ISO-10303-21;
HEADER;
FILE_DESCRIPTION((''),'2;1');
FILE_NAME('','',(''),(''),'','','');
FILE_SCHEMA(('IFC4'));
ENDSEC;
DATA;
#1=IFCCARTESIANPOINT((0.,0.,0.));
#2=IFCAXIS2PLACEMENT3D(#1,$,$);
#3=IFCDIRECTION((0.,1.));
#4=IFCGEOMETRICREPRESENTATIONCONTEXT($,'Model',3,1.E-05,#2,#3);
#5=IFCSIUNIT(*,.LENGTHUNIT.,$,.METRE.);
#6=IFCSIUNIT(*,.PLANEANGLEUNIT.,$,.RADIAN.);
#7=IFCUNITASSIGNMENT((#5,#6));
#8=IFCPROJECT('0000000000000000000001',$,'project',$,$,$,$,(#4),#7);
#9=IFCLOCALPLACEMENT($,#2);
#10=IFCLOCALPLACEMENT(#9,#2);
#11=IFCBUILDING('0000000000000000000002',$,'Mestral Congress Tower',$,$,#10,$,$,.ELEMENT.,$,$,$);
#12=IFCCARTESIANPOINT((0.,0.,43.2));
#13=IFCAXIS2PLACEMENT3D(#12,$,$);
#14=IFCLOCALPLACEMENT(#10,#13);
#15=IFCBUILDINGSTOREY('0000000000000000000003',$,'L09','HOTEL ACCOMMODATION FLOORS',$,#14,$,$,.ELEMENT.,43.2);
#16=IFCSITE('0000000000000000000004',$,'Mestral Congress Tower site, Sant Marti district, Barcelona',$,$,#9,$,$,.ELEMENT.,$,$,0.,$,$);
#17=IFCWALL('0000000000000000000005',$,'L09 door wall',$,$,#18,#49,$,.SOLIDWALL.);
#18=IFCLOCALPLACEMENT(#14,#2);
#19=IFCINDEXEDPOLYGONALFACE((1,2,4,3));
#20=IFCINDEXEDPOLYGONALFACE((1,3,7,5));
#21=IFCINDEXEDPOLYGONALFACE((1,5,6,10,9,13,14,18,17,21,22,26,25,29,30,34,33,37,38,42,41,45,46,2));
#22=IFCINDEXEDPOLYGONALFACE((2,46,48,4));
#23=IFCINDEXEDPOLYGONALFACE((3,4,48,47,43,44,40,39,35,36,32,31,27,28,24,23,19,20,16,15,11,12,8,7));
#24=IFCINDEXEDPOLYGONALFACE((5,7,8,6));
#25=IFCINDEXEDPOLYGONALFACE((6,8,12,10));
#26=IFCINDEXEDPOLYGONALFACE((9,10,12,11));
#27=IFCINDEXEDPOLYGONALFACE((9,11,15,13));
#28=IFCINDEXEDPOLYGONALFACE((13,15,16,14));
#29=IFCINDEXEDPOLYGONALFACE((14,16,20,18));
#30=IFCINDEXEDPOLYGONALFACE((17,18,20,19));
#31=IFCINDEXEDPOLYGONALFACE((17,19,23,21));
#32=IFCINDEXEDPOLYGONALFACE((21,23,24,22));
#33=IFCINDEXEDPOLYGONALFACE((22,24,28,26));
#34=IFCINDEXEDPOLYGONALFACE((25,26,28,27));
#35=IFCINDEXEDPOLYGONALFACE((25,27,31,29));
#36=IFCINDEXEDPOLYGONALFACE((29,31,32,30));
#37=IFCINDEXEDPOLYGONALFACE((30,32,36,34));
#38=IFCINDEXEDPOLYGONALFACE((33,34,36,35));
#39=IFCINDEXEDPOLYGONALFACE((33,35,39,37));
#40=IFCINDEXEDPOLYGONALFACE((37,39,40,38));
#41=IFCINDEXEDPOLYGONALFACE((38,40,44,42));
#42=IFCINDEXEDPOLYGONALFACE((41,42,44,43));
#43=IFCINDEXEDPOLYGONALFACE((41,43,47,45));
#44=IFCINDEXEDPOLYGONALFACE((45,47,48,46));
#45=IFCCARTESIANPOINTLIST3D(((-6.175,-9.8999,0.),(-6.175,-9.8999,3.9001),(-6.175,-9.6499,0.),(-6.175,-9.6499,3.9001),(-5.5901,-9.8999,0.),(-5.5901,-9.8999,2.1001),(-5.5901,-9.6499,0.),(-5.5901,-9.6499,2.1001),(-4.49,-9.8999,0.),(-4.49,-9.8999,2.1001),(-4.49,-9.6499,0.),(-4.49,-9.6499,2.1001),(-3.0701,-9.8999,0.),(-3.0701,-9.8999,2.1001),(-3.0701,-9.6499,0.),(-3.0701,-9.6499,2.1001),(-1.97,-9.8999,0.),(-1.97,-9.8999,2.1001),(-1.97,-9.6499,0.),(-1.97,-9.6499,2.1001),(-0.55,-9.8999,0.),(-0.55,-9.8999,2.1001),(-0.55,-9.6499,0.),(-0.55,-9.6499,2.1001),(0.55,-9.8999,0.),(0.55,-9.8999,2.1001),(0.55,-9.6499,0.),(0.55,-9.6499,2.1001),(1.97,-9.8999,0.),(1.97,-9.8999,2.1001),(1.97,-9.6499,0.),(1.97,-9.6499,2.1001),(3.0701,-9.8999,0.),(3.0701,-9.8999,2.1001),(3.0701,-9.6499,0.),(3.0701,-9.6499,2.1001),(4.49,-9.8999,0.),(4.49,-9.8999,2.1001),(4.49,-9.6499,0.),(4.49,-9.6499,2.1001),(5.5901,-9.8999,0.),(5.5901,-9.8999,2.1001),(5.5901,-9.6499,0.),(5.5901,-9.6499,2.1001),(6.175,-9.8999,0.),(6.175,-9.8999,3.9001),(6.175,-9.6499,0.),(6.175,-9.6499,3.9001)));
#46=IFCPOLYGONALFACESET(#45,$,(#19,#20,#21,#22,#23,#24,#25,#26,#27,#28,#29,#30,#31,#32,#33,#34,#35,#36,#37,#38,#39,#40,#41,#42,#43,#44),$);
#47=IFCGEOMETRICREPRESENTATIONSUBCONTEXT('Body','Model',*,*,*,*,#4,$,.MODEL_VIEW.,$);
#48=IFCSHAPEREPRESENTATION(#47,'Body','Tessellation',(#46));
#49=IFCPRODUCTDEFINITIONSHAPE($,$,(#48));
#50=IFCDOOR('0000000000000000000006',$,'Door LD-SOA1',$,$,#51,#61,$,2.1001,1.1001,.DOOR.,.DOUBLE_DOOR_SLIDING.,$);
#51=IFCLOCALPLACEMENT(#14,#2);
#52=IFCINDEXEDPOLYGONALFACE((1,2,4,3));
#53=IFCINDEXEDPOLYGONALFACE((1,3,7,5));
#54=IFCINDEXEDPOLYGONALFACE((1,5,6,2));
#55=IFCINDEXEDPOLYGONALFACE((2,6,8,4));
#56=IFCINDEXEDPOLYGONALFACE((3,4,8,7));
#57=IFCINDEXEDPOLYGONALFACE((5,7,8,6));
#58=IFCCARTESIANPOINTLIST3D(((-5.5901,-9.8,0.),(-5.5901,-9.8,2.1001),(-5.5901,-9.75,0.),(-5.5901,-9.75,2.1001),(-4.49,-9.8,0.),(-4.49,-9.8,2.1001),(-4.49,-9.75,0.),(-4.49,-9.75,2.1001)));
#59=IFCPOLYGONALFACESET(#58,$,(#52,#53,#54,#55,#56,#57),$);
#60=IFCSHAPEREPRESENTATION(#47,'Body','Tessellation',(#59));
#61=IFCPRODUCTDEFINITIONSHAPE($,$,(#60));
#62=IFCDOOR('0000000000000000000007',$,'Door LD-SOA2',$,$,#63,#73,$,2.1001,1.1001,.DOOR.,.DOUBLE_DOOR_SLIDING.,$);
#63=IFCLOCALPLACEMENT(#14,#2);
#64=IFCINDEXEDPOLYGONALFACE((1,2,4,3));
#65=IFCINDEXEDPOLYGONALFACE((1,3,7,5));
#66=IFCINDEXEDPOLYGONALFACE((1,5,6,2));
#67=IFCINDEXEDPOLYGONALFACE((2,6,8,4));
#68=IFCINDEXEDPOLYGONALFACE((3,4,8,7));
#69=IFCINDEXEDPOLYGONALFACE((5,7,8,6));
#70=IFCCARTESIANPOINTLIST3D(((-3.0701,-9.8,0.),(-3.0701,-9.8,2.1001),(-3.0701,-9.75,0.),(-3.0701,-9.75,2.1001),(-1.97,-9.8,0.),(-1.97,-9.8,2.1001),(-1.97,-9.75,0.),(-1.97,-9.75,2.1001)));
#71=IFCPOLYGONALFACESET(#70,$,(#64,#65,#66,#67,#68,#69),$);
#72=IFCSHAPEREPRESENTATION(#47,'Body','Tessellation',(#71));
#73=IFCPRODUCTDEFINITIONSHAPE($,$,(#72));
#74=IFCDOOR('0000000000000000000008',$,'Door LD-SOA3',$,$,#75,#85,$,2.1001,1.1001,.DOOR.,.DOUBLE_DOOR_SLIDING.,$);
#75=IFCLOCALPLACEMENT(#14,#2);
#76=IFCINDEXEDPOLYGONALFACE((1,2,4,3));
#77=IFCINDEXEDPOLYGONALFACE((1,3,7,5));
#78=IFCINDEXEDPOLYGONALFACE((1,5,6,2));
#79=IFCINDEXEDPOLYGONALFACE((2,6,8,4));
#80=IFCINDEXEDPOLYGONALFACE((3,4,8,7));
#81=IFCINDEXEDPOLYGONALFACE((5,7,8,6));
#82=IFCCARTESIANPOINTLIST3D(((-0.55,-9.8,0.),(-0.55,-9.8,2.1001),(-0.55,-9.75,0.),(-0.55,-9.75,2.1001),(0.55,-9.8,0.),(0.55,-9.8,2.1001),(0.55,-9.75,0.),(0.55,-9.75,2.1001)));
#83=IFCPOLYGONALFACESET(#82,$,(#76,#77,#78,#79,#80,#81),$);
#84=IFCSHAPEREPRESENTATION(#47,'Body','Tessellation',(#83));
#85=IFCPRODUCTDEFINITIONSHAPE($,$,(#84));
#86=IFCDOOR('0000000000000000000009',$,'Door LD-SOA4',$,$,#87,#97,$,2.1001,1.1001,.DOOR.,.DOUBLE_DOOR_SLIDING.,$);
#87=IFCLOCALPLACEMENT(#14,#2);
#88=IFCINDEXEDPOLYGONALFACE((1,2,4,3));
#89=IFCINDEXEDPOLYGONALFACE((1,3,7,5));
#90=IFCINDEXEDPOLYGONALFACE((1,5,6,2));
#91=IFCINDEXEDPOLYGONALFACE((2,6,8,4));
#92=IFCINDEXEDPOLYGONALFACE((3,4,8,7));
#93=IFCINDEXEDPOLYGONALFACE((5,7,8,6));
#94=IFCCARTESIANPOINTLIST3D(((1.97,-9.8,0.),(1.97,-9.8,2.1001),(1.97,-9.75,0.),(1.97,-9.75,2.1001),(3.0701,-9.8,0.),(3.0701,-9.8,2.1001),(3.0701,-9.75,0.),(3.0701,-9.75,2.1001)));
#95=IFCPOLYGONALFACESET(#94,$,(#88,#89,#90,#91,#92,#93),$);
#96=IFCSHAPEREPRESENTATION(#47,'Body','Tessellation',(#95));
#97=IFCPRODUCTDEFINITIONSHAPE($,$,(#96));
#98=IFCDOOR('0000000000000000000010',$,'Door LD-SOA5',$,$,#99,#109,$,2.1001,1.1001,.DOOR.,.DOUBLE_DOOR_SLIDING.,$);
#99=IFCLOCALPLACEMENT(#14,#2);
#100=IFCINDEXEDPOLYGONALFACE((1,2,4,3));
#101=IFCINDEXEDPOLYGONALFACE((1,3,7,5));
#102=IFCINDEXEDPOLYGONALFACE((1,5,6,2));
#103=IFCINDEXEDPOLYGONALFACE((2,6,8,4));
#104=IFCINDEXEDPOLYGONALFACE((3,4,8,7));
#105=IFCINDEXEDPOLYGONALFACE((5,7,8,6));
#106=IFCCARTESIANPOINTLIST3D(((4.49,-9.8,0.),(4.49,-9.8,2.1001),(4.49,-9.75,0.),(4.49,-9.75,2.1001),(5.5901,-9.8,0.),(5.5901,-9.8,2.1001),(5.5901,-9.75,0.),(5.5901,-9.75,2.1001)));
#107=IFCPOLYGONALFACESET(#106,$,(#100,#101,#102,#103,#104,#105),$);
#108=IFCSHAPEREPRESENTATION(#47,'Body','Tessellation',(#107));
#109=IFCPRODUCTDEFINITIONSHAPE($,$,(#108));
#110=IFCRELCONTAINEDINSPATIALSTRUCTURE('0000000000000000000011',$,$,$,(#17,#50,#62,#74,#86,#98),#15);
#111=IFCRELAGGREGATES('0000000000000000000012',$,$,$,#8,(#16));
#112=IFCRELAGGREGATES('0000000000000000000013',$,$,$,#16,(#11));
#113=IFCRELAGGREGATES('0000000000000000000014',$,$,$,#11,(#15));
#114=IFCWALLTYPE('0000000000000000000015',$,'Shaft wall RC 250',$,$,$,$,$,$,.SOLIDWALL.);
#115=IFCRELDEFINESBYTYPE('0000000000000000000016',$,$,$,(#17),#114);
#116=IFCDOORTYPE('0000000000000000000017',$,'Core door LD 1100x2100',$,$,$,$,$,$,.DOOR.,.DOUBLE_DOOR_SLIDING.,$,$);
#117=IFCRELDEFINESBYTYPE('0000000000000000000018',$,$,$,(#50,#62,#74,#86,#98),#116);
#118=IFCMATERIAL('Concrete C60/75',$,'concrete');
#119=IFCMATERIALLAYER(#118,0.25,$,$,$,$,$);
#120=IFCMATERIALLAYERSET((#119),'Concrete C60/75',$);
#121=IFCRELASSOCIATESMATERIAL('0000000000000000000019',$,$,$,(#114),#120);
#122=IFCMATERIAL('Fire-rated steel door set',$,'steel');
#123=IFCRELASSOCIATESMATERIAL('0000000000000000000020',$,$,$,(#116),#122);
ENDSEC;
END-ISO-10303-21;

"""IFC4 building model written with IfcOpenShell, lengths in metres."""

from ifc_helpers import new_model, si_unit, direction, frame, frame_2d, origin, place, context, subcontext, project, spatial, rectangle, extrude, material, layer, layer_set, type_object, element, fill, save


model = new_model("IFC4")

# Units and contexts
model_context = context("Model", 3, precision=1e-05, world=origin(), true_north=direction((0.0, 1.0)))
body_context = subcontext(model_context, "Body", "Model", "MODEL_VIEW")
ifc_project = project(units=[si_unit("LENGTHUNIT", "METRE"), si_unit("PLANEANGLEUNIT", "RADIAN")], contexts=[model_context])

# Site, building, storey
site_placement = place(None, origin())
site = spatial("IfcSite", under=ifc_project, at=site_placement, Name="Mestral Congress Tower site, Sant Marti district, Barcelona", CompositionType="ELEMENT", RefElevation=0.0)
building_placement = place(site_placement, origin())
building = spatial("IfcBuilding", under=site, at=building_placement, Name="Mestral Congress Tower", CompositionType="ELEMENT")
storey_placement = place(building_placement, frame((0.0, 0.0, 43.2)))
storey = spatial("IfcBuildingStorey", under=building, at=storey_placement, Name="L09", Description="HOTEL ACCOMMODATION FLOORS", CompositionType="ELEMENT", Elevation=43.2)

# Shared definitions
ifc_material_1 = material(Name="Fire-rated steel door set", Category="steel")

# Shared definitions
ifc_material_2 = material(Name="Concrete C60/75", Category="concrete")
ifc_layer_1 = layer(ifc_material_2, 0.25)
ifc_layer_set_1 = layer_set([ifc_layer_1], Name="Concrete C60/75")
wall_type_1 = type_object("IfcWallType", Name="Shaft wall RC 250", PredefinedType="SOLIDWALL", material=ifc_layer_set_1)

# Wall, openings, doors
wall_1_placement = place(storey_placement, frame((-6.175, -9.7749, 0.0), z_axis=(0.0, 0.0, 1.0), x_axis=(1.0, 0.0, 0.0)))
wall_1 = element("IfcWall", 1, at=wall_1_placement, inside=storey, type_object=wall_type_1, Name="L09 door wall", PredefinedType="SOLIDWALL", context=body_context, shape_type="SweptSolid", body=[
    extrude(rectangle(XDim=12.3501, YDim=0.25, at=frame_2d((6.175, 0.0))), origin(), (0.0, 0.0, 1.0), 3.9001),
])
opening_1_placement = place(wall_1_placement, frame((0.585, 0.0, 0.0)))
opening_1 = element("IfcOpeningElement", 2, at=opening_1_placement, cuts=wall_1, PredefinedType="OPENING", context=body_context, shape_type="SweptSolid", body=[
    extrude(rectangle(XDim=1.1001, YDim=2.1001, at=frame_2d((0.55, 1.05))), frame((0.0, 0.135, 0.0), z_axis=(0.0, -1.0, 0.0), x_axis=(1.0, 0.0, 0.0)), (0.0, 0.0, 1.0), 0.27),
])
opening_2_placement = place(wall_1_placement, frame((3.105, 0.0, 0.0)))
opening_2 = element("IfcOpeningElement", 3, at=opening_2_placement, cuts=wall_1, PredefinedType="OPENING", context=body_context, shape_type="SweptSolid", body=[
    extrude(rectangle(XDim=1.1001, YDim=2.1001, at=frame_2d((0.55, 1.05))), frame((0.0, 0.135, 0.0), z_axis=(0.0, -1.0, 0.0), x_axis=(1.0, 0.0, 0.0)), (0.0, 0.0, 1.0), 0.27),
])
opening_3_placement = place(wall_1_placement, frame((5.625, 0.0, 0.0)))
opening_3 = element("IfcOpeningElement", 4, at=opening_3_placement, cuts=wall_1, PredefinedType="OPENING", context=body_context, shape_type="SweptSolid", body=[
    extrude(rectangle(XDim=1.1001, YDim=2.1001, at=frame_2d((0.55, 1.05))), frame((0.0, 0.135, 0.0), z_axis=(0.0, -1.0, 0.0), x_axis=(1.0, 0.0, 0.0)), (0.0, 0.0, 1.0), 0.27),
])
opening_4_placement = place(wall_1_placement, frame((8.145, 0.0, 0.0)))
opening_4 = element("IfcOpeningElement", 5, at=opening_4_placement, cuts=wall_1, PredefinedType="OPENING", context=body_context, shape_type="SweptSolid", body=[
    extrude(rectangle(XDim=1.1001, YDim=2.1001, at=frame_2d((0.55, 1.05))), frame((0.0, 0.135, 0.0), z_axis=(0.0, -1.0, 0.0), x_axis=(1.0, 0.0, 0.0)), (0.0, 0.0, 1.0), 0.27),
])
opening_5_placement = place(wall_1_placement, frame((10.665, 0.0, 0.0)))
opening_5 = element("IfcOpeningElement", 6, at=opening_5_placement, cuts=wall_1, PredefinedType="OPENING", context=body_context, shape_type="SweptSolid", body=[
    extrude(rectangle(XDim=1.1001, YDim=2.1001, at=frame_2d((0.55, 1.05))), frame((0.0, 0.135, 0.0), z_axis=(0.0, -1.0, 0.0), x_axis=(1.0, 0.0, 0.0)), (0.0, 0.0, 1.0), 0.27),
])
door_type_1 = type_object("IfcDoorType", Name="Core door LD 1100x2100", OperationType="DOUBLE_DOOR_SLIDING", PredefinedType="DOOR", material=ifc_material_1)
door_1_placement = place(opening_1_placement, origin())
door_1 = element("IfcDoor", 7, at=door_1_placement, inside=storey, type_object=door_type_1, Name="Door LD-SOA1", OperationType="DOUBLE_DOOR_SLIDING", OverallHeight=2.1001, OverallWidth=1.1001, PredefinedType="DOOR", context=body_context, shape_type="SweptSolid", body=[
    extrude(rectangle(XDim=1.1001, YDim=2.1001, at=frame_2d((0.55, 1.05))), frame((0.0, 0.0249, 0.0), z_axis=(0.0, -1.0, 0.0), x_axis=(1.0, 0.0, 0.0)), (0.0, 0.0, 1.0), 0.05),
])
fill(opening_1, door_1)
door_2_placement = place(opening_2_placement, origin())
door_2 = element("IfcDoor", 8, at=door_2_placement, inside=storey, type_object=door_type_1, Name="Door LD-SOA2", OperationType="DOUBLE_DOOR_SLIDING", OverallHeight=2.1001, OverallWidth=1.1001, PredefinedType="DOOR", context=body_context, shape_type="SweptSolid", body=[
    extrude(rectangle(XDim=1.1001, YDim=2.1001, at=frame_2d((0.55, 1.05))), frame((0.0, 0.0249, 0.0), z_axis=(0.0, -1.0, 0.0), x_axis=(1.0, 0.0, 0.0)), (0.0, 0.0, 1.0), 0.05),
])
fill(opening_2, door_2)
door_3_placement = place(opening_3_placement, origin())
door_3 = element("IfcDoor", 9, at=door_3_placement, inside=storey, type_object=door_type_1, Name="Door LD-SOA3", OperationType="DOUBLE_DOOR_SLIDING", OverallHeight=2.1001, OverallWidth=1.1001, PredefinedType="DOOR", context=body_context, shape_type="SweptSolid", body=[
    extrude(rectangle(XDim=1.1001, YDim=2.1001, at=frame_2d((0.55, 1.05))), frame((0.0, 0.0249, 0.0), z_axis=(0.0, -1.0, 0.0), x_axis=(1.0, 0.0, 0.0)), (0.0, 0.0, 1.0), 0.05),
])
fill(opening_3, door_3)
door_4_placement = place(opening_4_placement, origin())
door_4 = element("IfcDoor", 10, at=door_4_placement, inside=storey, type_object=door_type_1, Name="Door LD-SOA4", OperationType="DOUBLE_DOOR_SLIDING", OverallHeight=2.1001, OverallWidth=1.1001, PredefinedType="DOOR", context=body_context, shape_type="SweptSolid", body=[
    extrude(rectangle(XDim=1.1001, YDim=2.1001, at=frame_2d((0.55, 1.05))), frame((0.0, 0.0249, 0.0), z_axis=(0.0, -1.0, 0.0), x_axis=(1.0, 0.0, 0.0)), (0.0, 0.0, 1.0), 0.05),
])
fill(opening_4, door_4)
door_5_placement = place(opening_5_placement, origin())
door_5 = element("IfcDoor", 11, at=door_5_placement, inside=storey, type_object=door_type_1, Name="Door LD-SOA5", OperationType="DOUBLE_DOOR_SLIDING", OverallHeight=2.1001, OverallWidth=1.1001, PredefinedType="DOOR", context=body_context, shape_type="SweptSolid", body=[
    extrude(rectangle(XDim=1.1001, YDim=2.1001, at=frame_2d((0.55, 1.05))), frame((0.0, 0.0249, 0.0), z_axis=(0.0, -1.0, 0.0), x_axis=(1.0, 0.0, 0.0)), (0.0, 0.0, 1.0), 0.05),
])
fill(opening_5, door_5)

save(model, "model.ifc")
